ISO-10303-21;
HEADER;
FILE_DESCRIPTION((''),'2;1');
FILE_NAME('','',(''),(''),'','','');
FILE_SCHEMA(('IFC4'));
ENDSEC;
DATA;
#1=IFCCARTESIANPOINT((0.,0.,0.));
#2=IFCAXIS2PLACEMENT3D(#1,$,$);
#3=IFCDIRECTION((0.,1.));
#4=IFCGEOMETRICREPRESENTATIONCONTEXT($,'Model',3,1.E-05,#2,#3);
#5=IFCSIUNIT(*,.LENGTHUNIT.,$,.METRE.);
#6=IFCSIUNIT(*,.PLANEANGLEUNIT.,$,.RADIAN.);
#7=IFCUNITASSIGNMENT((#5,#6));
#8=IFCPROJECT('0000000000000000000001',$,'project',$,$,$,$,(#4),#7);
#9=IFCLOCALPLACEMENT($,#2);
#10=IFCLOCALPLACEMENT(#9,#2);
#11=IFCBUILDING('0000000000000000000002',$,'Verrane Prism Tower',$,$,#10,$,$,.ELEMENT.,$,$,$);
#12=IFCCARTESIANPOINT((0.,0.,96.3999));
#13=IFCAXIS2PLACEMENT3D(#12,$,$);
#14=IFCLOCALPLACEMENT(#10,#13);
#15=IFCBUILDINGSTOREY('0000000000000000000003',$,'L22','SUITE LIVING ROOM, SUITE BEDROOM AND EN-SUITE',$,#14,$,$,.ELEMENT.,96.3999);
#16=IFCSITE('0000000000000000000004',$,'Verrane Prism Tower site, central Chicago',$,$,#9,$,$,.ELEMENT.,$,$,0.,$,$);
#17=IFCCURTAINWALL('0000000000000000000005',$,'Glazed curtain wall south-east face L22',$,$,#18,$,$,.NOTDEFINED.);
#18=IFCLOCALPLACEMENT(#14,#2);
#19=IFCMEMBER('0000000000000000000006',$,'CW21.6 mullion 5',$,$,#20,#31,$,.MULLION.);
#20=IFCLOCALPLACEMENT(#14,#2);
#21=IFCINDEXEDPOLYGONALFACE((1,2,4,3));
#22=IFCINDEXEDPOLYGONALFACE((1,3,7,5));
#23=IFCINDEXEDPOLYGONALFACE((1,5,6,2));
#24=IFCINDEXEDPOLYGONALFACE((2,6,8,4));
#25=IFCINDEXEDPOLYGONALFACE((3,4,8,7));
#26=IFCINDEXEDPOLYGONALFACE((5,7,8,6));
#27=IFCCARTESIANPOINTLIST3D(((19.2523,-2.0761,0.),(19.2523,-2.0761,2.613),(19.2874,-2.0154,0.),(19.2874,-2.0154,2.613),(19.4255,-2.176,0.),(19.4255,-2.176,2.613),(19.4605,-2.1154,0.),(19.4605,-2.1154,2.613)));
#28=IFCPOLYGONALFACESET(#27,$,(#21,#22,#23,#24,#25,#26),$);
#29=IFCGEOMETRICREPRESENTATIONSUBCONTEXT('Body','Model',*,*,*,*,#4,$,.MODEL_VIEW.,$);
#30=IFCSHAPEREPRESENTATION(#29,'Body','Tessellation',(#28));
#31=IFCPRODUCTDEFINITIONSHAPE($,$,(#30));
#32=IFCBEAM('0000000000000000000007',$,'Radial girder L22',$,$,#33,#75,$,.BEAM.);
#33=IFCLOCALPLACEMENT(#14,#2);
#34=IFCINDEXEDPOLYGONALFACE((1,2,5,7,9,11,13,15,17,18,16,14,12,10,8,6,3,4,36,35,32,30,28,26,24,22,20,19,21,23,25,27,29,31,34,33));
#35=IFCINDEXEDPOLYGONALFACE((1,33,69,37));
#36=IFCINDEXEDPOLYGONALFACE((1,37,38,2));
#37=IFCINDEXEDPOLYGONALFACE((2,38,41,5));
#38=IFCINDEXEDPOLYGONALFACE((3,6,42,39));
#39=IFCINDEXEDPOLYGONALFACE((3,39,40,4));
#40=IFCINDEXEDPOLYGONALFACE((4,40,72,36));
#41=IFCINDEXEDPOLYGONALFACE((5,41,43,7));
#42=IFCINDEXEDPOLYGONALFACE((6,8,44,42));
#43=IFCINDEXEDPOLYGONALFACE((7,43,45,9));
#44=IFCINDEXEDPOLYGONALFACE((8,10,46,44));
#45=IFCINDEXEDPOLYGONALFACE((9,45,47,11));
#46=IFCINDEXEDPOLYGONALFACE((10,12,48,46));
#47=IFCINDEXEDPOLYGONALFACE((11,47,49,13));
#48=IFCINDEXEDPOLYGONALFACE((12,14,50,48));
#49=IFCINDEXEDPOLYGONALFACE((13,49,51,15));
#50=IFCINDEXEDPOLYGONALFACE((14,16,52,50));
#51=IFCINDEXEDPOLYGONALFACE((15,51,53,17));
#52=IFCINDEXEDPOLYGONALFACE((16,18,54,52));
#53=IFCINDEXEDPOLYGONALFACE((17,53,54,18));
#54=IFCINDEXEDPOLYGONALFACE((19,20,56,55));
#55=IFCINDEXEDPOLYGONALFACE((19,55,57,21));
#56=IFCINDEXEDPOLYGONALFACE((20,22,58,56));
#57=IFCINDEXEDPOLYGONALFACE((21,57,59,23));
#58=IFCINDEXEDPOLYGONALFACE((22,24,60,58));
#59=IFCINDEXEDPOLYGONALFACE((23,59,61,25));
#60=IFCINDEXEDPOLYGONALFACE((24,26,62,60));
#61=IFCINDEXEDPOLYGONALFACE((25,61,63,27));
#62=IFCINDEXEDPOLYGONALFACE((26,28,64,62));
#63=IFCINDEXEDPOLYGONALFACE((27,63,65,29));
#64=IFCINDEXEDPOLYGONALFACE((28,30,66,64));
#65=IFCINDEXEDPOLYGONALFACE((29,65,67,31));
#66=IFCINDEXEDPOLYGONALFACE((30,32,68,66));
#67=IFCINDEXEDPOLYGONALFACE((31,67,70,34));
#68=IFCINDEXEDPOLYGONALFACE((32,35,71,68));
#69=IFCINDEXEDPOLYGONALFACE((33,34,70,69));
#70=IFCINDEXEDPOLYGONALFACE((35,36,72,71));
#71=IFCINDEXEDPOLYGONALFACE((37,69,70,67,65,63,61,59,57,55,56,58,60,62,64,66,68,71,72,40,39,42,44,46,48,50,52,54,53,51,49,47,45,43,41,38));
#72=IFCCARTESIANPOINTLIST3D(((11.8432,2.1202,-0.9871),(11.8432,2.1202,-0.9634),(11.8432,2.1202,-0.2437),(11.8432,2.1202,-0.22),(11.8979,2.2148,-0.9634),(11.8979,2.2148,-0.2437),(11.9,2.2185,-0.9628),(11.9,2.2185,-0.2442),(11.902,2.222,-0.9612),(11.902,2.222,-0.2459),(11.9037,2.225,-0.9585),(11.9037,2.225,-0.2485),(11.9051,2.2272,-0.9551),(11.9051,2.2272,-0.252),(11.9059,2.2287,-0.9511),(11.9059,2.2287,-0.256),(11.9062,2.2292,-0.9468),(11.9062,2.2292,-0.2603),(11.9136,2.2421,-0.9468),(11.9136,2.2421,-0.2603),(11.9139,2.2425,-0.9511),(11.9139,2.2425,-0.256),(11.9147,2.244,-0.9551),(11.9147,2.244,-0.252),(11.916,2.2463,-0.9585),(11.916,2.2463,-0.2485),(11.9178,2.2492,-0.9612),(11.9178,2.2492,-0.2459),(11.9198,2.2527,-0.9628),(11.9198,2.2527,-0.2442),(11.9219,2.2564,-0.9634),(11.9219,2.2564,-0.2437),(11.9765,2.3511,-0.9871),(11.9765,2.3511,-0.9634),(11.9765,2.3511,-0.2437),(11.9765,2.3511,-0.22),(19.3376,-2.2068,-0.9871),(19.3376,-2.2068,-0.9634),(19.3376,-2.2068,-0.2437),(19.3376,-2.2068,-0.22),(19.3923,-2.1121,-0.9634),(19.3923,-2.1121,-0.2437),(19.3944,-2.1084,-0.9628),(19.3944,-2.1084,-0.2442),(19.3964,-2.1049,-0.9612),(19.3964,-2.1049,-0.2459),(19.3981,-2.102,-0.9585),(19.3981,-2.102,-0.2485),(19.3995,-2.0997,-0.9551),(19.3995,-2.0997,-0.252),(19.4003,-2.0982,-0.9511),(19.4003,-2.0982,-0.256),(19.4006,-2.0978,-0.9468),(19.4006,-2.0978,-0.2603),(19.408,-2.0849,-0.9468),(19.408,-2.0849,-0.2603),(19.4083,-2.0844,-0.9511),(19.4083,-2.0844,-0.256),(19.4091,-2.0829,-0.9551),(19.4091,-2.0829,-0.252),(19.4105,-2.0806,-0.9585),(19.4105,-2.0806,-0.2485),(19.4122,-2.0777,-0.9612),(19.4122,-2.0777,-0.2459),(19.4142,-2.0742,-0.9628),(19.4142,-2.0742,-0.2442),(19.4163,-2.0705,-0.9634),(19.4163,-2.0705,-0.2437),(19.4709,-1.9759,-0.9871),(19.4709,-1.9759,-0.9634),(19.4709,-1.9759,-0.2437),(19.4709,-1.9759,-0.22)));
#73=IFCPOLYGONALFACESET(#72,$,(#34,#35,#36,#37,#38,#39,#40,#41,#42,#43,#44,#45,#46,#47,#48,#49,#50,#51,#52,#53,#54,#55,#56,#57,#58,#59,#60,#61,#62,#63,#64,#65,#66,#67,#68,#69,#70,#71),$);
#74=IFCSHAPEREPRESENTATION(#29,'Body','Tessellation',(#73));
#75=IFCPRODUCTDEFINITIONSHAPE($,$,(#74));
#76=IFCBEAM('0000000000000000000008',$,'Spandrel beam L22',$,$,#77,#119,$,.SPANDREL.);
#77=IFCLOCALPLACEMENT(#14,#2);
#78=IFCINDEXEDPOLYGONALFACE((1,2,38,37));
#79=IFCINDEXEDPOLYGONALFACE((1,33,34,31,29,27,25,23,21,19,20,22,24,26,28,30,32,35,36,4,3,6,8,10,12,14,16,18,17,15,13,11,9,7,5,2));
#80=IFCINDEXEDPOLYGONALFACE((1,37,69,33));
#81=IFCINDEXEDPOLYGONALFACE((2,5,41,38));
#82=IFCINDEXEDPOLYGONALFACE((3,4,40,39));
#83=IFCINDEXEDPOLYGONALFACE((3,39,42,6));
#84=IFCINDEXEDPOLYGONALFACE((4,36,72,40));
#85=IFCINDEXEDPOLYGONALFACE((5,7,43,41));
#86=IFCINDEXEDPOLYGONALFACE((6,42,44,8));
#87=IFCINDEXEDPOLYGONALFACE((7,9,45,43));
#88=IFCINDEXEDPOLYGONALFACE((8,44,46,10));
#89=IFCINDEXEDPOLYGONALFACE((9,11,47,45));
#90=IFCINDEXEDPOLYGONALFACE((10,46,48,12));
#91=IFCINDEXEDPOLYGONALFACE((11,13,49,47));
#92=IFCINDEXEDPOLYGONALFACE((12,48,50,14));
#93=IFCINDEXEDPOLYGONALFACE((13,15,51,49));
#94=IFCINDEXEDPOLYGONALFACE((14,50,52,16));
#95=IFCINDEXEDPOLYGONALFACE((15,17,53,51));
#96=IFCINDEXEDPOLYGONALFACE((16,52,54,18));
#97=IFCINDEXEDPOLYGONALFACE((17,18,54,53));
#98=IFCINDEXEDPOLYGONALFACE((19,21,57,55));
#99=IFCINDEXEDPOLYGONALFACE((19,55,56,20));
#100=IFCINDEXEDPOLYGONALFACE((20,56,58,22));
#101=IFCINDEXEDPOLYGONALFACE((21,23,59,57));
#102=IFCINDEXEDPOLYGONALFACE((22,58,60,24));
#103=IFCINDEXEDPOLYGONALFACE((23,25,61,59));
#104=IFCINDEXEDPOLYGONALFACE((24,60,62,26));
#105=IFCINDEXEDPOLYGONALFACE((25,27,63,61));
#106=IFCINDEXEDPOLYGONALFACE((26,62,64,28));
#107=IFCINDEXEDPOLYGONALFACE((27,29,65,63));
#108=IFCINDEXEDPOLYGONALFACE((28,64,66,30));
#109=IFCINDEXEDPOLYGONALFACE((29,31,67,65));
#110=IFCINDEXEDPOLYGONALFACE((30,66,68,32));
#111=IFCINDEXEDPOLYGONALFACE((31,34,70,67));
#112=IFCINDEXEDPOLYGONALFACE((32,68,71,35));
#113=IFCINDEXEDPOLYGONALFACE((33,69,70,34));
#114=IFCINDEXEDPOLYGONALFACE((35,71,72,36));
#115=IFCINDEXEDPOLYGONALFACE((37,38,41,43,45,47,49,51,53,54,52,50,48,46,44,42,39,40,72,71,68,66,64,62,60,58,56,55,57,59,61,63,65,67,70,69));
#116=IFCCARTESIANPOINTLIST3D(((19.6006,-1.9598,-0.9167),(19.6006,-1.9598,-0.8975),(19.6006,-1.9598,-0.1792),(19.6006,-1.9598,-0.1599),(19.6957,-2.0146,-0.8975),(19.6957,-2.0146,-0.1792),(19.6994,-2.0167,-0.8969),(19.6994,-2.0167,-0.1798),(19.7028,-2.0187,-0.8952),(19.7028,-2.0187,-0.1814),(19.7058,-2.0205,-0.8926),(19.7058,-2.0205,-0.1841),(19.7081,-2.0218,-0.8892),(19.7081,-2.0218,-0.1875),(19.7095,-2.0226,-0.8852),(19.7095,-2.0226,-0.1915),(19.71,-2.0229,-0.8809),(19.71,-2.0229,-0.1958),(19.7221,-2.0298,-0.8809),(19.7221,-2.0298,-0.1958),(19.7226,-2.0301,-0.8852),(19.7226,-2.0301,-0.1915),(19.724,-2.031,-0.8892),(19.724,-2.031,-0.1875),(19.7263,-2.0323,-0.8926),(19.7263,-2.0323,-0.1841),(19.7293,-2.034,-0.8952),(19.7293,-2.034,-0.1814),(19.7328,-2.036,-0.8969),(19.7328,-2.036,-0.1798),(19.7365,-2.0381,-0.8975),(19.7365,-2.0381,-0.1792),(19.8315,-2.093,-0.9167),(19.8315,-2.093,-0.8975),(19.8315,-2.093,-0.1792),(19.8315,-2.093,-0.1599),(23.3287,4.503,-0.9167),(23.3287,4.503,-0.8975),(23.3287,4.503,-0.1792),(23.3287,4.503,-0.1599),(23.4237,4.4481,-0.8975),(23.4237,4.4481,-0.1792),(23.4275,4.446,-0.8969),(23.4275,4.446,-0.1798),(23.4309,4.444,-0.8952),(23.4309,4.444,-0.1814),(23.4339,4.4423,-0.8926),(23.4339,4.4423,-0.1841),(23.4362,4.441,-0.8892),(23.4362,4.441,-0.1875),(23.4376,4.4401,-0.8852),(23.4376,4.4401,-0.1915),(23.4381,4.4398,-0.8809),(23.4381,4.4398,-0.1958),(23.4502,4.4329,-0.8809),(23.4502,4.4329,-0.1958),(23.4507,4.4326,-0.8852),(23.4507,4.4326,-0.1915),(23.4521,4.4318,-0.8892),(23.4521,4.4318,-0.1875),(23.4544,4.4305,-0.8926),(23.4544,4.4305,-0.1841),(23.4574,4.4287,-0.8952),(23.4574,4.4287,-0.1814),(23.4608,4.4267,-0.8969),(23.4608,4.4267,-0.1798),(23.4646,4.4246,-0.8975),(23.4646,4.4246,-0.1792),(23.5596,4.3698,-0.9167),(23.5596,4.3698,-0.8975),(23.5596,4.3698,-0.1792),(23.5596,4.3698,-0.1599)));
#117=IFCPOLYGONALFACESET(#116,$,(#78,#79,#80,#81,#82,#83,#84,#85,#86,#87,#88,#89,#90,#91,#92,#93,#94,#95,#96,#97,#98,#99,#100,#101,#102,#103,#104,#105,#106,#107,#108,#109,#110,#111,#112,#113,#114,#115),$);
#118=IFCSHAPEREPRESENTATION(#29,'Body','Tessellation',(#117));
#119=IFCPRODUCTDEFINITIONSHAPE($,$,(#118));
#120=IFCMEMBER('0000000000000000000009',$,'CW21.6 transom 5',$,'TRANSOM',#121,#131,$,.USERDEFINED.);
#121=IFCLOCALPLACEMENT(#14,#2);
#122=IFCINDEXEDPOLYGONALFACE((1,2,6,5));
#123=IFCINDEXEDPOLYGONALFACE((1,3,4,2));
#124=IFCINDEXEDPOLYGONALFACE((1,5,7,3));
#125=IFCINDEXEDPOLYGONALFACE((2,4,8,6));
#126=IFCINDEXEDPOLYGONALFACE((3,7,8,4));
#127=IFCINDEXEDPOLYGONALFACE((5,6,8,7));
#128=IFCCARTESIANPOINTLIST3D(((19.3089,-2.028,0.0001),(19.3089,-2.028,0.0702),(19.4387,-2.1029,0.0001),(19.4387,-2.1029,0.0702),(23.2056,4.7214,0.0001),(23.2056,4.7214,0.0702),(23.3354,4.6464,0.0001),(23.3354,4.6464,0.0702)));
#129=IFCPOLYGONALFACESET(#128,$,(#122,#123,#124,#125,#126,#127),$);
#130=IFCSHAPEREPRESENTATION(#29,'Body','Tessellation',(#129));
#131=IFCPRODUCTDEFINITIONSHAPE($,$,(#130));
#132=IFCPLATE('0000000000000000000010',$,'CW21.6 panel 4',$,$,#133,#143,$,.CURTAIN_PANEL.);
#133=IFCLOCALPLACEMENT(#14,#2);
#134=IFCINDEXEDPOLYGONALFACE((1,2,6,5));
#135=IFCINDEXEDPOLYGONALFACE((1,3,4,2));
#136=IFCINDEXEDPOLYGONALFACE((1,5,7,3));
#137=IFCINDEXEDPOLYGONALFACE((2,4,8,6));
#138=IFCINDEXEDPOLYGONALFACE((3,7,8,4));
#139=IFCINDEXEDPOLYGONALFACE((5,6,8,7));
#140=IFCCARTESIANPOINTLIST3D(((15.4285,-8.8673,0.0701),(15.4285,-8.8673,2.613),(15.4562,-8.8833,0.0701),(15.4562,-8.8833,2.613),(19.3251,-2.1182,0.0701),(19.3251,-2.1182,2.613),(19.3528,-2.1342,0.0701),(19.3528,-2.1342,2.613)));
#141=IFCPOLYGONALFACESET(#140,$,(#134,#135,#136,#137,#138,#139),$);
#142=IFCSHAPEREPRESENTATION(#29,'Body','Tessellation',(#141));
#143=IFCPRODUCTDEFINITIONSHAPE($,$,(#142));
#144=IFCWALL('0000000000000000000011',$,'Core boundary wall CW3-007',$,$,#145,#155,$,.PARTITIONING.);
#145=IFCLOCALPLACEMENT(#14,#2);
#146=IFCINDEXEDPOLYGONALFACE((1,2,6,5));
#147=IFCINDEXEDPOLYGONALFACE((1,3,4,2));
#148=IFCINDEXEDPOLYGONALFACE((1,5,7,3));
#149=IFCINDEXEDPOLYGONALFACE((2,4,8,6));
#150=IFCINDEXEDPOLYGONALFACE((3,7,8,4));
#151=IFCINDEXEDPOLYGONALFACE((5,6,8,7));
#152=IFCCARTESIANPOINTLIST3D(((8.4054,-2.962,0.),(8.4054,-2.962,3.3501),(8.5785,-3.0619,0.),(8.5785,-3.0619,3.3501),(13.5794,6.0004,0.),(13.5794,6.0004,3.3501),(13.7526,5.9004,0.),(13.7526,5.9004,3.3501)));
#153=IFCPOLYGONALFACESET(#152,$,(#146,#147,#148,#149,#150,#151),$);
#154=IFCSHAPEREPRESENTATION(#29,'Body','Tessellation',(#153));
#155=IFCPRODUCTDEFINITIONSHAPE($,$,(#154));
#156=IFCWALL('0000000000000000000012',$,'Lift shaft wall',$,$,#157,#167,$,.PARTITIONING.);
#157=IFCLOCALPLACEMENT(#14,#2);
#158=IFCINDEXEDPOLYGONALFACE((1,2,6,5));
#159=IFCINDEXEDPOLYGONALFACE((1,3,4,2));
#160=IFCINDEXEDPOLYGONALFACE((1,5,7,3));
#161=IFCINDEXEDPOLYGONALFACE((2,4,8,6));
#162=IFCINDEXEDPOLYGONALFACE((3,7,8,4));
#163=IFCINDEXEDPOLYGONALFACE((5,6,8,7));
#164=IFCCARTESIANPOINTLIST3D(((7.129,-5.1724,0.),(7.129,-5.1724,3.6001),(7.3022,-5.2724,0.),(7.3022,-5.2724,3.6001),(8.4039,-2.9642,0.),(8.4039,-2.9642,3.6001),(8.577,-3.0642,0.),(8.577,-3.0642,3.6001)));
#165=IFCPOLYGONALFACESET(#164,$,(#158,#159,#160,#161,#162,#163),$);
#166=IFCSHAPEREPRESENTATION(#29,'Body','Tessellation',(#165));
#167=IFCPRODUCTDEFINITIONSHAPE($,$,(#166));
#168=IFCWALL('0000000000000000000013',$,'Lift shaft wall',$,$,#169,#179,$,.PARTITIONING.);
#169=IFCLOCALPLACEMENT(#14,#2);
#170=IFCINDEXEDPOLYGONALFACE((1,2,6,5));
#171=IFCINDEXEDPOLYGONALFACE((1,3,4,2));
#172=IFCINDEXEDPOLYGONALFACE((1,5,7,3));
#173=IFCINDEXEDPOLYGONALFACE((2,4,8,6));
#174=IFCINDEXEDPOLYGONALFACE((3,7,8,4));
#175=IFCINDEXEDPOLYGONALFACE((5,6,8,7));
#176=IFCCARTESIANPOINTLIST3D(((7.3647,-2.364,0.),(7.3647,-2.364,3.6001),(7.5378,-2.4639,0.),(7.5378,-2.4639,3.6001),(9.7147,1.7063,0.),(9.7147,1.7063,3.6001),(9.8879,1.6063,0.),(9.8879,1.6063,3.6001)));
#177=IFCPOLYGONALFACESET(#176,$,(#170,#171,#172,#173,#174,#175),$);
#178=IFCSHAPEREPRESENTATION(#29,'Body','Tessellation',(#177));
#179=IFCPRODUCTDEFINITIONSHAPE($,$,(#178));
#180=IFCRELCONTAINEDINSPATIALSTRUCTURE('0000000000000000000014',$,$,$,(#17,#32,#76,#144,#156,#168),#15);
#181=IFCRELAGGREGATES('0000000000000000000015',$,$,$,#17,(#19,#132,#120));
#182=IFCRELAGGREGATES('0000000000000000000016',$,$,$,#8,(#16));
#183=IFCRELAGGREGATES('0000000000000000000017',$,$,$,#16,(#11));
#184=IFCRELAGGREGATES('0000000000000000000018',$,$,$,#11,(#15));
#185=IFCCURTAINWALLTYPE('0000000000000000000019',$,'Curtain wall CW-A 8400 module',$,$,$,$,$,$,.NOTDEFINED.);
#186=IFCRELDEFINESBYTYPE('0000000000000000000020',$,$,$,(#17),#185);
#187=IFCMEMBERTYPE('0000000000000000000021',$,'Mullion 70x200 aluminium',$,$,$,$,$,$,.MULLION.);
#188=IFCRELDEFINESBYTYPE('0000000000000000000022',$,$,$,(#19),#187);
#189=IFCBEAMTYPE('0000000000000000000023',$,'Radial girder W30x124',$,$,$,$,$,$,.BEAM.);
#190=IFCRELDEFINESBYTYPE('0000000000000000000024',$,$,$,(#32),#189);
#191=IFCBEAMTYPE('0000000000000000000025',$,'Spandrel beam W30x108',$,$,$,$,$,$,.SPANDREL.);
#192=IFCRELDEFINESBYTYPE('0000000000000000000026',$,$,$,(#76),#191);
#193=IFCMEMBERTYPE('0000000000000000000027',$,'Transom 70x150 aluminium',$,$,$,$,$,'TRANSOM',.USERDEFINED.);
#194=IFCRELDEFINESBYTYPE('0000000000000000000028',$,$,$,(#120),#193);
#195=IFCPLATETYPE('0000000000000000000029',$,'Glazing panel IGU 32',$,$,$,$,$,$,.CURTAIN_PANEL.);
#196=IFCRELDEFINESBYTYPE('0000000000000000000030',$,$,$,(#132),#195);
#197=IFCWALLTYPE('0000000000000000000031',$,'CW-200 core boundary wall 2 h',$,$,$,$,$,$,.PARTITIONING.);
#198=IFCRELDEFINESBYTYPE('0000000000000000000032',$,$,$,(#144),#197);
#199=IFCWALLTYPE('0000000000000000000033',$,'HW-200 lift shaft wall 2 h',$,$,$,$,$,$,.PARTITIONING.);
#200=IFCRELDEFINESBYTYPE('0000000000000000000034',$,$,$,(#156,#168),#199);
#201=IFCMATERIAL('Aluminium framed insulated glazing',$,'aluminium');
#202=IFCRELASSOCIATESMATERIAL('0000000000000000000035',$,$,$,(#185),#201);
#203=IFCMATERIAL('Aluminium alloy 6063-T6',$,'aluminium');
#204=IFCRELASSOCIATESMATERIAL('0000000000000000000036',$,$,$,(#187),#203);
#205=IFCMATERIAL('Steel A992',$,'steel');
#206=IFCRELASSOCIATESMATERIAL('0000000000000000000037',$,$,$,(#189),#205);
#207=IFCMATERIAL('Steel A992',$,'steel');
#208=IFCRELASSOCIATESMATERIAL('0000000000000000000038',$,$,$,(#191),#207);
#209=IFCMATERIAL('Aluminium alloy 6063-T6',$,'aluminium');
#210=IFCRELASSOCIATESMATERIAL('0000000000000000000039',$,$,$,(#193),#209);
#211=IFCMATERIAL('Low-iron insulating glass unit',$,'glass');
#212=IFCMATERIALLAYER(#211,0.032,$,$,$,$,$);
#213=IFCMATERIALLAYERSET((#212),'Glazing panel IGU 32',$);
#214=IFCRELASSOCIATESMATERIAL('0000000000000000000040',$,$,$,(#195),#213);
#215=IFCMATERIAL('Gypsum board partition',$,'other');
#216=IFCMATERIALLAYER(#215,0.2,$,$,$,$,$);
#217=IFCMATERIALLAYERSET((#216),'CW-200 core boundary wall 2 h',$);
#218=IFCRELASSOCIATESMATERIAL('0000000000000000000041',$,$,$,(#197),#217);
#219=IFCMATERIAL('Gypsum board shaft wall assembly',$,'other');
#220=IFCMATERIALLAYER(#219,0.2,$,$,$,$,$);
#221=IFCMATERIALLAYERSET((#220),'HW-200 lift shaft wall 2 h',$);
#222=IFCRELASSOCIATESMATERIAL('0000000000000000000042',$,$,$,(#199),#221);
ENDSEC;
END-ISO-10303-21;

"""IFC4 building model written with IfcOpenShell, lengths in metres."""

from ifc_helpers import new_model, si_unit, direction, frame, frame_2d, origin, origin_2d, place, context, subcontext, project, spatial, rectangle, i_section, extrude, material, layer, layer_set, material_profile, profile_set, type_object, element, aggregate, save


model = new_model("IFC4")

# Units and contexts
model_context = context("Model", 3, precision=1e-05, world=origin(), true_north=direction((0.0, 1.0)))
body_context = subcontext(model_context, "Body", "Model", "MODEL_VIEW")
ifc_project = project(units=[si_unit("LENGTHUNIT", "METRE"), si_unit("PLANEANGLEUNIT", "RADIAN")], contexts=[model_context])

# Site, building, storey
site_placement = place(None, origin())
site = spatial("IfcSite", under=ifc_project, at=site_placement, Name="Verrane Prism Tower site, central Chicago", CompositionType="ELEMENT", RefElevation=0.0)
building_placement = place(site_placement, origin())
building = spatial("IfcBuilding", under=site, at=building_placement, Name="Verrane Prism Tower", CompositionType="ELEMENT")
storey_placement = place(building_placement, frame((0.0, 0.0, 96.3999)))
storey = spatial("IfcBuildingStorey", under=building, at=storey_placement, Name="L22", Description="SUITE LIVING ROOM, SUITE BEDROOM AND EN-SUITE", CompositionType="ELEMENT", Elevation=96.3999)

# Curtain wall, member
ifc_material_1 = material(Name="Aluminium framed insulated glazing", Category="aluminium")
curtain_wall_type = type_object("IfcCurtainWallType", Name="Curtain wall CW-A 8400 module", PredefinedType="NOTDEFINED", material=ifc_material_1)
curtain_wall_placement = place(storey_placement, origin())
curtain_wall = element("IfcCurtainWall", 1, at=curtain_wall_placement, inside=storey, type_object=curtain_wall_type, Name="Glazed curtain wall south-east face L22", PredefinedType="NOTDEFINED")
ifc_material_2 = material(Name="Aluminium alloy 6063-T6", Category="aluminium")
ifc_material_profile_1 = material_profile(ifc_material_2, rectangle(XDim=0.2, YDim=0.0701, at=origin_2d()), Name="Mullion 70x200 aluminium")
ifc_profile_set_1 = profile_set([ifc_material_profile_1], Name="Aluminium alloy 6063-T6")
member_type_1 = type_object("IfcMemberType", Name="Mullion 70x200 aluminium", PredefinedType="MULLION", material=ifc_profile_set_1)
member_1_placement = place(storey_placement, frame((19.3564, -2.0957, 0.0), z_axis=(0.0, 0.0, 1.0), x_axis=(-0.866026, 0.5, 0.0)))
member_1 = element("IfcMember", 2, at=member_1_placement, type_object=member_type_1, Name="CW21.6 mullion 5", PredefinedType="MULLION", context=body_context, shape_type="SweptSolid", body=[
    extrude(rectangle(XDim=0.2, YDim=0.0701, at=origin_2d()), origin(), (0.0, 0.0, 1.0), 2.613),
])

# Beams
ifc_material_3 = material(Name="Steel A992", Category="steel")
ifc_material_profile_2 = material_profile(ifc_material_3, i_section(OverallWidth=0.2666, OverallDepth=0.7671, WebThickness=0.0149, FlangeThickness=0.0237, FilletRadius=0.0166, at=origin_2d()), Name="W30x124")
ifc_profile_set_2 = profile_set([ifc_material_profile_2], Name="Steel A992")
beam_type_1 = type_object("IfcBeamType", Name="Radial girder W30x124", PredefinedType="BEAM", material=ifc_profile_set_2)
beam_1_placement = place(storey_placement, frame((19.4043, -2.0913, -0.6035), z_axis=(-0.866024, 0.500002, 0.0), x_axis=(-0.500002, -0.866024, 0.0)))
element("IfcBeam", 3, at=beam_1_placement, inside=storey, type_object=beam_type_1, Name="Radial girder L22", PredefinedType="BEAM", context=body_context, shape_type="SweptSolid", body=[
    extrude(i_section(OverallWidth=0.2666, OverallDepth=0.7671, WebThickness=0.0149, FlangeThickness=0.0237, FilletRadius=0.0166, at=origin_2d()), origin(), (0.0, 0.0, 1.0), 8.6538),
])
ifc_material_4 = material(Name="Steel A992", Category="steel")
ifc_material_profile_3 = material_profile(ifc_material_4, i_section(OverallWidth=0.2666, OverallDepth=0.7568, WebThickness=0.0139, FlangeThickness=0.0193, FilletRadius=0.0166, at=origin_2d()), Name="W30x108")
ifc_profile_set_3 = profile_set([ifc_material_profile_3], Name="Steel A992")
beam_type_2 = type_object("IfcBeamType", Name="Spandrel beam W30x108", PredefinedType="SPANDREL", material=ifc_profile_set_3)
beam_2_placement = place(storey_placement, frame((19.7161, -2.0264, -0.5383), z_axis=(0.49968, 0.86621, 0.0), x_axis=(-0.86621, 0.49968, 0.0)))
element("IfcBeam", 4, at=beam_2_placement, inside=storey, type_object=beam_type_2, Name="Spandrel beam L22", PredefinedType="SPANDREL", context=body_context, shape_type="SweptSolid", body=[
    extrude(i_section(OverallWidth=0.2666, OverallDepth=0.7568, WebThickness=0.0139, FlangeThickness=0.0193, FilletRadius=0.0166, at=origin_2d()), origin(), (0.0, 0.0, 1.0), 7.4609),
])

# Member
ifc_material_5 = material(Name="Aluminium alloy 6063-T6", Category="aluminium")
ifc_material_profile_4 = material_profile(ifc_material_5, rectangle(XDim=0.1499, YDim=0.0701, at=origin_2d()), Name="Transom 70x150 aluminium")
ifc_profile_set_4 = profile_set([ifc_material_profile_4], Name="Aluminium alloy 6063-T6")
member_type_2 = type_object("IfcMemberType", Name="Transom 70x150 aluminium", ElementType="TRANSOM", PredefinedType="USERDEFINED", material=ifc_profile_set_4)
member_2_placement = place(storey_placement, frame((19.3738, -2.0654, 0.0352), z_axis=(0.500004, 0.866023, 0.0), x_axis=(-0.866023, 0.500004, 0.0)))
member_2 = element("IfcMember", 5, at=member_2_placement, type_object=member_type_2, Name="CW21.6 transom 5", ObjectType="TRANSOM", PredefinedType="USERDEFINED", context=body_context, shape_type="SweptSolid", body=[
    extrude(rectangle(XDim=0.1499, YDim=0.0701, at=origin_2d()), origin(), (0.0, 0.0, 1.0), 7.7935),
])

# Plate
ifc_material_6 = material(Name="Low-iron insulating glass unit", Category="glass")
ifc_layer_1 = layer(ifc_material_6, 0.032)
ifc_layer_set_1 = layer_set([ifc_layer_1], Name="Glazing panel IGU 32")
plate_type = type_object("IfcPlateType", Name="Glazing panel IGU 32", PredefinedType="CURTAIN_PANEL", material=ifc_layer_set_1)
plate_placement = place(storey_placement, frame((17.3906, -5.5007, 0.0701), z_axis=(0.0, 0.0, 1.0), x_axis=(0.5, 0.866026, 0.0)))
plate = element("IfcPlate", 6, at=plate_placement, type_object=plate_type, Name="CW21.6 panel 4", PredefinedType="CURTAIN_PANEL", context=body_context, shape_type="SweptSolid", body=[
    extrude(rectangle(XDim=7.7932, YDim=0.032, at=origin_2d()), origin(), (0.0, 0.0, 1.0), 2.543),
])
aggregate(curtain_wall, [member_1, plate, member_2])

# Walls
ifc_material_7 = material(Name="Gypsum board partition", Category="other")
ifc_layer_2 = layer(ifc_material_7, 0.2)
ifc_layer_set_2 = layer_set([ifc_layer_2], Name="CW-200 core boundary wall 2 h")
wall_type_1 = type_object("IfcWallType", Name="CW-200 core boundary wall 2 h", PredefinedType="PARTITIONING", material=ifc_layer_set_2)
wall_1_placement = place(storey_placement, frame((8.4919, -3.012, 0.0), z_axis=(0.0, 0.0, 1.0), x_axis=(0.499973, 0.866041, 0.0)))
element("IfcWall", 7, at=wall_1_placement, inside=storey, type_object=wall_type_1, Name="Core boundary wall CW3-007", PredefinedType="PARTITIONING", context=body_context, shape_type="SweptSolid", body=[
    extrude(rectangle(XDim=10.3486, YDim=0.2, at=frame_2d((5.1743, 0.0))), origin(), (0.0, 0.0, 1.0), 3.3501),
])
ifc_material_8 = material(Name="Gypsum board shaft wall assembly", Category="other")
ifc_layer_3 = layer(ifc_material_8, 0.2)
ifc_layer_set_3 = layer_set([ifc_layer_3], Name="HW-200 lift shaft wall 2 h")
wall_type_2 = type_object("IfcWallType", Name="HW-200 lift shaft wall 2 h", PredefinedType="PARTITIONING", material=ifc_layer_set_3)
wall_2_placement = place(storey_placement, frame((7.2156, -5.2224, 0.0), z_axis=(0.0, 0.0, 1.0), x_axis=(0.49999, 0.866031, 0.0)))
element("IfcWall", 8, at=wall_2_placement, inside=storey, type_object=wall_type_2, Name="Lift shaft wall", PredefinedType="PARTITIONING", context=body_context, shape_type="SweptSolid", body=[
    extrude(rectangle(XDim=2.5498, YDim=0.2, at=frame_2d((1.2749, 0.0))), origin(), (0.0, 0.0, 1.0), 3.6001),
])
wall_3_placement = place(storey_placement, frame((7.4512, -2.4141, 0.0), z_axis=(0.0, 0.0, 1.0), x_axis=(0.500016, 0.866016, 0.0)))
element("IfcWall", 9, at=wall_3_placement, inside=storey, type_object=wall_type_2, Name="Lift shaft wall", PredefinedType="PARTITIONING", context=body_context, shape_type="SweptSolid", body=[
    extrude(rectangle(XDim=4.7, YDim=0.2, at=frame_2d((2.3501, 0.0))), origin(), (0.0, 0.0, 1.0), 3.6001),
])

save(model, "model.ifc")
